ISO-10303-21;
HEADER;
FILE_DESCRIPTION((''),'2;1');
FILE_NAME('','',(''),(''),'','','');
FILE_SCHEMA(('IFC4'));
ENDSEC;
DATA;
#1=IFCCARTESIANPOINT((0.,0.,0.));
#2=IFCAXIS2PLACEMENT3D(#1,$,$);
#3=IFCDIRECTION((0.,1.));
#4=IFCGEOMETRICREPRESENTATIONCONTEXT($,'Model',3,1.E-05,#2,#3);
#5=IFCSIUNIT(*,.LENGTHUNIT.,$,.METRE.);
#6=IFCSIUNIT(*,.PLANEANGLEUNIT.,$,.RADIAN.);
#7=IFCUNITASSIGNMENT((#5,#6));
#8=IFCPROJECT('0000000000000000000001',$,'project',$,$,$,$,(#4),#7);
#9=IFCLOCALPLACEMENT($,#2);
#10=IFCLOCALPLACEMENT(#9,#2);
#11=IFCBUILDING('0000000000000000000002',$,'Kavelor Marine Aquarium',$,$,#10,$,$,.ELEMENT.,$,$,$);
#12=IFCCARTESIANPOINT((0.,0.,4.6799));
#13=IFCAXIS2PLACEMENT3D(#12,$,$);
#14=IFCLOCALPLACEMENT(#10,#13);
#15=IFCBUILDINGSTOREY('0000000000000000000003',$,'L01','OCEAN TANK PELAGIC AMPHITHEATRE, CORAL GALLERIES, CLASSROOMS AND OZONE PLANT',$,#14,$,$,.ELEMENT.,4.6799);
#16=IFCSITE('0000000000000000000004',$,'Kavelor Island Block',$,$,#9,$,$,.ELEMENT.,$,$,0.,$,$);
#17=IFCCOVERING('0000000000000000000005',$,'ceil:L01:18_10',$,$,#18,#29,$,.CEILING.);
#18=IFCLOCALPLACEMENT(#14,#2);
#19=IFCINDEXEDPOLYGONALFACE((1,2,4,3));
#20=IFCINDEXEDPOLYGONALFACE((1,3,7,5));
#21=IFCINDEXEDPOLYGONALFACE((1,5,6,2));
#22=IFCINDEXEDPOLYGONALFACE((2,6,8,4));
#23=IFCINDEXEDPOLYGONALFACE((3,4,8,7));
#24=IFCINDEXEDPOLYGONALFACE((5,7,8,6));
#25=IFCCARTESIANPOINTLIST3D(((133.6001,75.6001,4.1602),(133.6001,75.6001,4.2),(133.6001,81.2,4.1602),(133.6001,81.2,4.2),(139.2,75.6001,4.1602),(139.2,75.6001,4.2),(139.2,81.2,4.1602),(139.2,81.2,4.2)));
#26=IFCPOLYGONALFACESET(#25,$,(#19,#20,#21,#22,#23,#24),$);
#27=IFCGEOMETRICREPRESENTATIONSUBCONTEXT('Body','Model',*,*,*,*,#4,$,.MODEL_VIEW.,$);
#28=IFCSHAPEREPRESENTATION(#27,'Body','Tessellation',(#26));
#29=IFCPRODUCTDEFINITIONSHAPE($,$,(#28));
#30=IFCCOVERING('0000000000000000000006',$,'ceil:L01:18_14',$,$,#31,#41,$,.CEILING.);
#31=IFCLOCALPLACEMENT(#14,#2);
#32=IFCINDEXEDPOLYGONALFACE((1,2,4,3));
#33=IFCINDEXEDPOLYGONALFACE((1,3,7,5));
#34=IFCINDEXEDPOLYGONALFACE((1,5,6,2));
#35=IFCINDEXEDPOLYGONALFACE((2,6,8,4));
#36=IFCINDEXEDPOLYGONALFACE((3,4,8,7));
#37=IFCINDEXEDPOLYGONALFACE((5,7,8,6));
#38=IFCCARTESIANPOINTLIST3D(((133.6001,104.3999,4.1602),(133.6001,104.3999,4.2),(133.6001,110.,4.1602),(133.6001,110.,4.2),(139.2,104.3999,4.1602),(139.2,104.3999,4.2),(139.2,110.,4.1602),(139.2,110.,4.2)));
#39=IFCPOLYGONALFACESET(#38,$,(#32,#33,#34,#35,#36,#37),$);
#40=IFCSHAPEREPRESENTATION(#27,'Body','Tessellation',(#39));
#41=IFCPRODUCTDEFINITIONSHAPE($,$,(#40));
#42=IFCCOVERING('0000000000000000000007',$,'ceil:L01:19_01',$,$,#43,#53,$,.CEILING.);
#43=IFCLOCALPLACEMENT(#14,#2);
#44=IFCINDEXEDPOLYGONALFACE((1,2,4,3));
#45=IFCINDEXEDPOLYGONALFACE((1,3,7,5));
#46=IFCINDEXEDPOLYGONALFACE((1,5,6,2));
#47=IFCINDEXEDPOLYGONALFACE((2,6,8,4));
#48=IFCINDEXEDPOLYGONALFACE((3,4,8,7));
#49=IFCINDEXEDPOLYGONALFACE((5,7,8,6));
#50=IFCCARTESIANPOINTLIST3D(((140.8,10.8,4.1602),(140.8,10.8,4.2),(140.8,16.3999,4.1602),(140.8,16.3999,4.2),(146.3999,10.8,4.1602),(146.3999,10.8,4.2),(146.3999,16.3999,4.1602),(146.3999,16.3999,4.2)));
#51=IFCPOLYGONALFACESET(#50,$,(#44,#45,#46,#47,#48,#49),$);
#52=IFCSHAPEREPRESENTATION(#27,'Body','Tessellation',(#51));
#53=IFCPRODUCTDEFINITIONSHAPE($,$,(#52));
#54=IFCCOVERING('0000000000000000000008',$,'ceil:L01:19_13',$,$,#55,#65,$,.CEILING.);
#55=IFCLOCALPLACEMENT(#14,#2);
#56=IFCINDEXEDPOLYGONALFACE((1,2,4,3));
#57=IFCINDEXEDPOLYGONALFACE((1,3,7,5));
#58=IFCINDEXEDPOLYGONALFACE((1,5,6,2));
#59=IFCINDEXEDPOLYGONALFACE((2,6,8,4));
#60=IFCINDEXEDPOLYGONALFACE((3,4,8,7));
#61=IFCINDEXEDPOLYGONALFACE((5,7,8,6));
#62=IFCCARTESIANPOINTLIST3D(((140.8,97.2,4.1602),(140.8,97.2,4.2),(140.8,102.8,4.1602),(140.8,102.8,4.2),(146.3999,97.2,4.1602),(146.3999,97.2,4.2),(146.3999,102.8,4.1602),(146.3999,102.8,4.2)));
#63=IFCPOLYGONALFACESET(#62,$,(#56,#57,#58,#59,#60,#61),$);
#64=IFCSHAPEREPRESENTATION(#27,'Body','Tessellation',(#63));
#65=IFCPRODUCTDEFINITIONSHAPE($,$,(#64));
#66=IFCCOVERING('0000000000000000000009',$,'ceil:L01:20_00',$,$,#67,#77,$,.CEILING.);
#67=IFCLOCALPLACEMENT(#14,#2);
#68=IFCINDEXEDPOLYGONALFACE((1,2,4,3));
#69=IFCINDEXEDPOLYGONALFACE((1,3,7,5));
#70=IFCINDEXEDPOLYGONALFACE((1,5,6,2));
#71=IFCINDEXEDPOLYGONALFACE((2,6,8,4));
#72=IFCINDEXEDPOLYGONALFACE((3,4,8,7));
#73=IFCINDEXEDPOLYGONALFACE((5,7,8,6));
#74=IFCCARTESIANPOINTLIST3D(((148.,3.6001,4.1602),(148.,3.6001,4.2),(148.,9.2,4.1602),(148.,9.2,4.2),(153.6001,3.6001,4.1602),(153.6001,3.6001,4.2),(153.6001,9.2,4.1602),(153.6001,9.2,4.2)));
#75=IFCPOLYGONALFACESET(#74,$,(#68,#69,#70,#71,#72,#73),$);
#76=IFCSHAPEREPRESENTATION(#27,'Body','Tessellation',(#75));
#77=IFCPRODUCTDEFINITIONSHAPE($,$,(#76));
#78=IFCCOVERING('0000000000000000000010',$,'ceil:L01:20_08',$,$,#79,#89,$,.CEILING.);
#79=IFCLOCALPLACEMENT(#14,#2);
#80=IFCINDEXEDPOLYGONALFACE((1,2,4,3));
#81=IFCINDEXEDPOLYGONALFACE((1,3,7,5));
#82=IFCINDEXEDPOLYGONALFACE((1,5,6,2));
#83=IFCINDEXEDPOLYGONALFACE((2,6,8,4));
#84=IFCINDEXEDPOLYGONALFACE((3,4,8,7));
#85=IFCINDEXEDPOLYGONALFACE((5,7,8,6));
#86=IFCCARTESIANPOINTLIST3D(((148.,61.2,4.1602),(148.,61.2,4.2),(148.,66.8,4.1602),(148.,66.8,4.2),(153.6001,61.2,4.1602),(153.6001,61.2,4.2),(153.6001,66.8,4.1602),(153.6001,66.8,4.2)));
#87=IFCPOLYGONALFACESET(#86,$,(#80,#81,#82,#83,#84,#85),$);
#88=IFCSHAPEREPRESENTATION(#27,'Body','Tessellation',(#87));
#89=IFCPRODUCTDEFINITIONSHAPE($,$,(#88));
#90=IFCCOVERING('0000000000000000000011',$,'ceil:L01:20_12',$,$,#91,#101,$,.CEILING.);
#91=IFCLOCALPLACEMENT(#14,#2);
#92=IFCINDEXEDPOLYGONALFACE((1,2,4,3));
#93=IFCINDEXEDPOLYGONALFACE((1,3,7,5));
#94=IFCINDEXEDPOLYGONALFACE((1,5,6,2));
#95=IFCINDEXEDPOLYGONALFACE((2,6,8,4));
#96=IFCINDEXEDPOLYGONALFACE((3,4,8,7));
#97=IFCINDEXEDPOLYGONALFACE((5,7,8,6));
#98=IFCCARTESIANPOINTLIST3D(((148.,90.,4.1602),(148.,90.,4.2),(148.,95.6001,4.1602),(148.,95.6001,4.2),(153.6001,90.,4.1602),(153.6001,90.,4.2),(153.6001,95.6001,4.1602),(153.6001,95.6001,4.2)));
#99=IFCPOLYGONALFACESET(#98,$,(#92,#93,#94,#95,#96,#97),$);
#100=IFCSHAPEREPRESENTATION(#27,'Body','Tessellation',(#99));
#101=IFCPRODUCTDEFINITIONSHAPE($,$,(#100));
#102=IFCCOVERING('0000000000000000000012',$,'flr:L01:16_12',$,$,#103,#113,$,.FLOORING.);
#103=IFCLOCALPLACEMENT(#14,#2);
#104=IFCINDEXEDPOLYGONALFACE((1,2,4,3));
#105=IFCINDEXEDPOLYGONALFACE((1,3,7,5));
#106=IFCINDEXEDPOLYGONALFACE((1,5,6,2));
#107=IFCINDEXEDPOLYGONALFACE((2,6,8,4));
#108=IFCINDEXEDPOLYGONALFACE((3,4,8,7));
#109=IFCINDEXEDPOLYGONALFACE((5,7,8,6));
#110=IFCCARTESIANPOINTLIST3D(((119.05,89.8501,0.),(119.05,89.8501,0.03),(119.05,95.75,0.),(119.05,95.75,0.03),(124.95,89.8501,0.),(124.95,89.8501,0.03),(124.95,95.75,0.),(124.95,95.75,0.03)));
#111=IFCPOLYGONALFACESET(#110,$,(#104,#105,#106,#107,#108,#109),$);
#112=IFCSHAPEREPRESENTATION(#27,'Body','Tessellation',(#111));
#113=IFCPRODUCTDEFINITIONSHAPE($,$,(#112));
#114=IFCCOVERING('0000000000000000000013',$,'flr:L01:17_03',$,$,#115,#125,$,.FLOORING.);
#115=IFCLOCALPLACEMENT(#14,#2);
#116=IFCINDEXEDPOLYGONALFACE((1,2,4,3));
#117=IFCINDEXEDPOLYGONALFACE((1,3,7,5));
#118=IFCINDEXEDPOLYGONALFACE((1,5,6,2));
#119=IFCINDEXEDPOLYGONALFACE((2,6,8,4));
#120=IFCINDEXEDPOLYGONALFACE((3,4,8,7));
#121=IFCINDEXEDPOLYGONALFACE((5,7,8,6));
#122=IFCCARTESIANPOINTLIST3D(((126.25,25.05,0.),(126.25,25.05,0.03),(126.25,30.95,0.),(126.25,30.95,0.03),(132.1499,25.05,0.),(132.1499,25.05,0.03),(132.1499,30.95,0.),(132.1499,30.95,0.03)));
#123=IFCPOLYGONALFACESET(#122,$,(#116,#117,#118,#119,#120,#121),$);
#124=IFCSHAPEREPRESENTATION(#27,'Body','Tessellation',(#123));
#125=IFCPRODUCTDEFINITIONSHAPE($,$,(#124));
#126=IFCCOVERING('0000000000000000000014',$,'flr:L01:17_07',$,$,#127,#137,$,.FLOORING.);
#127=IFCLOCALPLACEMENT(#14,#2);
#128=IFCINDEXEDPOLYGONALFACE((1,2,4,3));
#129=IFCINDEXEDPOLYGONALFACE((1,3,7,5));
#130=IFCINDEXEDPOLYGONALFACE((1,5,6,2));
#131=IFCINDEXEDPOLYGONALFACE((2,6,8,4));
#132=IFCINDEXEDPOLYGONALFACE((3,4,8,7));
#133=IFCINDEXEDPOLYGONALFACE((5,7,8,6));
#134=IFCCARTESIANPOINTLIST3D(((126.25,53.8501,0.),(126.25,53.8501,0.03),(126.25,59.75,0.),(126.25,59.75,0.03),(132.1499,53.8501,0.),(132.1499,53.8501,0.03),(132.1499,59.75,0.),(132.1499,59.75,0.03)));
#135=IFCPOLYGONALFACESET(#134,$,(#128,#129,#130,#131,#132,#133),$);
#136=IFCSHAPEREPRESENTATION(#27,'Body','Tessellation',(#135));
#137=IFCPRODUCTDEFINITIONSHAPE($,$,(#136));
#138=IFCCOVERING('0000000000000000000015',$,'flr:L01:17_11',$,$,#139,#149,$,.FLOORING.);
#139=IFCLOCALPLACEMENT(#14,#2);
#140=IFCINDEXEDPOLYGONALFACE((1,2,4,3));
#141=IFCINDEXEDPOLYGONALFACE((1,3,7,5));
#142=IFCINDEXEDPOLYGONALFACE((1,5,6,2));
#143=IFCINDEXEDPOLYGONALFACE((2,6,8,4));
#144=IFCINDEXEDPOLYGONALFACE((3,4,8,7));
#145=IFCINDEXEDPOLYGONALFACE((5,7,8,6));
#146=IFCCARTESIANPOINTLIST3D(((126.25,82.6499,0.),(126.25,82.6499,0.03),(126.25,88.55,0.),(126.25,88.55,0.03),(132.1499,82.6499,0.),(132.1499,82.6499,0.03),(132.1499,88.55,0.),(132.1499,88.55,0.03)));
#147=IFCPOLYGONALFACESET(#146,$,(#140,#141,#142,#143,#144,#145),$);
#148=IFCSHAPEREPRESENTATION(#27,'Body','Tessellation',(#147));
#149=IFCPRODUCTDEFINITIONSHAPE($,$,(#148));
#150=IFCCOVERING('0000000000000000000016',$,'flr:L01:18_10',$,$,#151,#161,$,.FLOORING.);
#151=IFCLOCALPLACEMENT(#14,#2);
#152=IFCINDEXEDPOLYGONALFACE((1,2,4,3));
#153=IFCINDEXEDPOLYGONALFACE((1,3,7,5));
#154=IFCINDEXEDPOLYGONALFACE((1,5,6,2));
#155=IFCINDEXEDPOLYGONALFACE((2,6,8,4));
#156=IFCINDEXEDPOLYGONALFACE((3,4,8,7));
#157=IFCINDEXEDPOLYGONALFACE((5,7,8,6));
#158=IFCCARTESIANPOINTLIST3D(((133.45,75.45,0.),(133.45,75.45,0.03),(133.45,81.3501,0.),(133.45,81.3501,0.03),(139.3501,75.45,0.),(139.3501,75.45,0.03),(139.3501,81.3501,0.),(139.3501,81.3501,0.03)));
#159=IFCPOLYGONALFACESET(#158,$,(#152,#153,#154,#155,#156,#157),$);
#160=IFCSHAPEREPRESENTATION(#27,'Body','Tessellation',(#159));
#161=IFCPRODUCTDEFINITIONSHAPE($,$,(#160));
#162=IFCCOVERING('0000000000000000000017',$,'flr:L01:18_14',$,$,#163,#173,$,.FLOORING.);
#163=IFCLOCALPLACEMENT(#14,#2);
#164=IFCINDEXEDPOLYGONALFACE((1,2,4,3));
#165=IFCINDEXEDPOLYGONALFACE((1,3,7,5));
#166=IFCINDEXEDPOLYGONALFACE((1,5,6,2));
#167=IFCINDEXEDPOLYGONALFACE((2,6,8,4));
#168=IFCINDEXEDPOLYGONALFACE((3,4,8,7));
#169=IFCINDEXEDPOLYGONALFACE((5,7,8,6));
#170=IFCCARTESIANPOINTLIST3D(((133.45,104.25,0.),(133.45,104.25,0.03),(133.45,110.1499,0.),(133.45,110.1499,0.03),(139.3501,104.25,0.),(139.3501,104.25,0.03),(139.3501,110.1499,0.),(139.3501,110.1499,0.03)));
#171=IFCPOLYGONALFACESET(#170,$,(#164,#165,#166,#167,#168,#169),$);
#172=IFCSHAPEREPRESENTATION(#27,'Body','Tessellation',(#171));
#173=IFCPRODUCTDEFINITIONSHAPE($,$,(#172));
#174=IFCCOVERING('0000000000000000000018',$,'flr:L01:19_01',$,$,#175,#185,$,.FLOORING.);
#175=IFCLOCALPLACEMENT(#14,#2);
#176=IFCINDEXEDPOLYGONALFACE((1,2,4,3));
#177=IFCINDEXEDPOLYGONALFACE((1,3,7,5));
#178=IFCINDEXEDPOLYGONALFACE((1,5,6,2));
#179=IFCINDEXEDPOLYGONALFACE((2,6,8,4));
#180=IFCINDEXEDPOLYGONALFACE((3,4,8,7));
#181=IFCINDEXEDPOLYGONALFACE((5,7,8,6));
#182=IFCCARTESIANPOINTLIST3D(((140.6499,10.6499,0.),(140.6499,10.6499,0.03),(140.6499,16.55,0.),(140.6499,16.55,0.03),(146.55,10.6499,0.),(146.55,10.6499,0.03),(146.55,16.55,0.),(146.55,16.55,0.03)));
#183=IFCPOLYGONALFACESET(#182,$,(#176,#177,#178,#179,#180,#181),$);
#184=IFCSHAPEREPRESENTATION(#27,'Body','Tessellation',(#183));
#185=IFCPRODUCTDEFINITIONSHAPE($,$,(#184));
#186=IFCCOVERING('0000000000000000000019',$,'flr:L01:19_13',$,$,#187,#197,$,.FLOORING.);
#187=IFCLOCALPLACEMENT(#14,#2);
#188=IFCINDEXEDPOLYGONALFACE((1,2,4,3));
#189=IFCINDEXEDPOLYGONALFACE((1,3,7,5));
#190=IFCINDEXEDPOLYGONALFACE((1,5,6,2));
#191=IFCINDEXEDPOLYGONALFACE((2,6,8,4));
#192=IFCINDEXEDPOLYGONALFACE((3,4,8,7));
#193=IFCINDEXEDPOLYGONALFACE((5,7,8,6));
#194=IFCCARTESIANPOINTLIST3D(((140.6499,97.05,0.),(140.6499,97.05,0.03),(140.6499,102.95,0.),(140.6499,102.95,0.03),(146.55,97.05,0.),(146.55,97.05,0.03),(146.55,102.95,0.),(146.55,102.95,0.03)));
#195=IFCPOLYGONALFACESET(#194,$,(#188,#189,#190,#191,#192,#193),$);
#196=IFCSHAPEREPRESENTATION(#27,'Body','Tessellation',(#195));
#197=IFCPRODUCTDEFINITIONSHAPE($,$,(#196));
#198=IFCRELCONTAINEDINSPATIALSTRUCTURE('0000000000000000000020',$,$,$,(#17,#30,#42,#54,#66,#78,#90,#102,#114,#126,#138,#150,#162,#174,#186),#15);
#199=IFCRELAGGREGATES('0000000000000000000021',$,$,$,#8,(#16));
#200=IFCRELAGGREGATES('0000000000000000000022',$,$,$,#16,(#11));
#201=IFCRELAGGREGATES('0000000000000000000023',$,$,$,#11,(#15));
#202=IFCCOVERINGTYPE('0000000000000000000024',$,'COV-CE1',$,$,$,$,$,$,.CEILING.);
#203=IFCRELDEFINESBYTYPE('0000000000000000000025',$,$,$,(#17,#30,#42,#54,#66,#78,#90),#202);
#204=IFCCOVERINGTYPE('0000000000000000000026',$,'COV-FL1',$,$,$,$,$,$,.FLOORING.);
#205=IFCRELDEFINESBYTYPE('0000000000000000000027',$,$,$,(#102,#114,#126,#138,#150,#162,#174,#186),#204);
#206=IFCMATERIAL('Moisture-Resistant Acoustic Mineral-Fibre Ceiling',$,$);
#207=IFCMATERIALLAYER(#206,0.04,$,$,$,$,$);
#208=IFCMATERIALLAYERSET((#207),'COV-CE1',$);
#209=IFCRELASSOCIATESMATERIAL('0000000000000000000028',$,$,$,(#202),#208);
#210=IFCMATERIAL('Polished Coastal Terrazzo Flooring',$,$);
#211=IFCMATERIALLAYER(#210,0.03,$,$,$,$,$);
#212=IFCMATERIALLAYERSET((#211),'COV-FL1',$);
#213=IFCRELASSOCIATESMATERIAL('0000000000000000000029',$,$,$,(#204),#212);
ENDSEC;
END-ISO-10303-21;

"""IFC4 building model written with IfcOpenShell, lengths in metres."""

from ifc_helpers import new_model, si_unit, direction, frame, origin, place, context, subcontext, project, spatial, polyline, outline, extrude, material, layer, layer_set, type_object, element, save


model = new_model("IFC4")

# Units and contexts
model_context = context("Model", 3, precision=1e-05, world=origin(), true_north=direction((0.0, 1.0)))
body_context = subcontext(model_context, "Body", "Model", "MODEL_VIEW")
ifc_project = project(units=[si_unit("LENGTHUNIT", "METRE"), si_unit("PLANEANGLEUNIT", "RADIAN")], contexts=[model_context])

# Site, building, storey
site_placement = place(None, origin())
site = spatial("IfcSite", under=ifc_project, at=site_placement, Name="Kavelor Island Block", CompositionType="ELEMENT", RefElevation=0.0)
building_placement = place(site_placement, origin())
building = spatial("IfcBuilding", under=site, at=building_placement, Name="Kavelor Marine Aquarium", CompositionType="ELEMENT")
storey_placement = place(building_placement, frame((0.0, 0.0, 4.6799)))
storey = spatial("IfcBuildingStorey", under=building, at=storey_placement, Name="L01", Description="OCEAN TANK PELAGIC AMPHITHEATRE, CORAL GALLERIES, CLASSROOMS AND OZONE PLANT", CompositionType="ELEMENT", Elevation=4.6799)

# Coverings
ifc_material_1 = material(Name="Moisture-Resistant Acoustic Mineral-Fibre Ceiling")
ifc_layer_1 = layer(ifc_material_1, 0.04)
ifc_layer_set_1 = layer_set([ifc_layer_1], Name="COV-CE1")
covering_type_1 = type_object("IfcCoveringType", Name="COV-CE1", PredefinedType="CEILING", material=ifc_layer_set_1)
covering_1_placement = place(storey_placement, frame((0.0, 0.0, 4.1602)))
element("IfcCovering", 1, at=covering_1_placement, inside=storey, type_object=covering_type_1, Name="ceil:L01:18_10", PredefinedType="CEILING", context=body_context, shape_type="SweptSolid", body=[
    extrude(outline(polyline([(133.6001, 75.6001), (139.2, 75.6001), (139.2, 81.2), (133.6001, 81.2), (133.6001, 75.6001)])), origin(), (0.0, 0.0, 1.0), 0.0398),
])
covering_2_placement = place(storey_placement, frame((0.0, 0.0, 4.1602)))
element("IfcCovering", 2, at=covering_2_placement, inside=storey, type_object=covering_type_1, Name="ceil:L01:18_14", PredefinedType="CEILING", context=body_context, shape_type="SweptSolid", body=[
    extrude(outline(polyline([(133.6001, 104.3999), (139.2, 104.3999), (139.2, 110.0), (133.6001, 110.0), (133.6001, 104.3999)])), origin(), (0.0, 0.0, 1.0), 0.0398),
])
covering_3_placement = place(storey_placement, frame((0.0, 0.0, 4.1602)))
element("IfcCovering", 3, at=covering_3_placement, inside=storey, type_object=covering_type_1, Name="ceil:L01:19_01", PredefinedType="CEILING", context=body_context, shape_type="SweptSolid", body=[
    extrude(outline(polyline([(140.8, 10.8), (146.3999, 10.8), (146.3999, 16.3999), (140.8, 16.3999), (140.8, 10.8)])), origin(), (0.0, 0.0, 1.0), 0.0398),
])
covering_4_placement = place(storey_placement, frame((0.0, 0.0, 4.1602)))
element("IfcCovering", 4, at=covering_4_placement, inside=storey, type_object=covering_type_1, Name="ceil:L01:19_13", PredefinedType="CEILING", context=body_context, shape_type="SweptSolid", body=[
    extrude(outline(polyline([(140.8, 97.2), (146.3999, 97.2), (146.3999, 102.8), (140.8, 102.8), (140.8, 97.2)])), origin(), (0.0, 0.0, 1.0), 0.0398),
])
covering_5_placement = place(storey_placement, frame((0.0, 0.0, 4.1602)))
element("IfcCovering", 5, at=covering_5_placement, inside=storey, type_object=covering_type_1, Name="ceil:L01:20_00", PredefinedType="CEILING", context=body_context, shape_type="SweptSolid", body=[
    extrude(outline(polyline([(148.0, 3.6001), (153.6001, 3.6001), (153.6001, 9.2), (148.0, 9.2), (148.0, 3.6001)])), origin(), (0.0, 0.0, 1.0), 0.0398),
])
covering_6_placement = place(storey_placement, frame((0.0, 0.0, 4.1602)))
element("IfcCovering", 6, at=covering_6_placement, inside=storey, type_object=covering_type_1, Name="ceil:L01:20_08", PredefinedType="CEILING", context=body_context, shape_type="SweptSolid", body=[
    extrude(outline(polyline([(148.0, 61.2), (153.6001, 61.2), (153.6001, 66.8), (148.0, 66.8), (148.0, 61.2)])), origin(), (0.0, 0.0, 1.0), 0.0398),
])
covering_7_placement = place(storey_placement, frame((0.0, 0.0, 4.1602)))
element("IfcCovering", 7, at=covering_7_placement, inside=storey, type_object=covering_type_1, Name="ceil:L01:20_12", PredefinedType="CEILING", context=body_context, shape_type="SweptSolid", body=[
    extrude(outline(polyline([(148.0, 90.0), (153.6001, 90.0), (153.6001, 95.6001), (148.0, 95.6001), (148.0, 90.0)])), origin(), (0.0, 0.0, 1.0), 0.0398),
])
ifc_material_2 = material(Name="Polished Coastal Terrazzo Flooring")
ifc_layer_2 = layer(ifc_material_2, 0.03)
ifc_layer_set_2 = layer_set([ifc_layer_2], Name="COV-FL1")
covering_type_2 = type_object("IfcCoveringType", Name="COV-FL1", PredefinedType="FLOORING", material=ifc_layer_set_2)
covering_8_placement = place(storey_placement, origin())
element("IfcCovering", 8, at=covering_8_placement, inside=storey, type_object=covering_type_2, Name="flr:L01:16_12", PredefinedType="FLOORING", context=body_context, shape_type="SweptSolid", body=[
    extrude(outline(polyline([(119.05, 89.8501), (124.95, 89.8501), (124.95, 95.75), (119.05, 95.75), (119.05, 89.8501)])), origin(), (0.0, 0.0, 1.0), 0.03),
])
covering_9_placement = place(storey_placement, origin())
element("IfcCovering", 9, at=covering_9_placement, inside=storey, type_object=covering_type_2, Name="flr:L01:17_03", PredefinedType="FLOORING", context=body_context, shape_type="SweptSolid", body=[
    extrude(outline(polyline([(126.25, 25.05), (132.1499, 25.05), (132.1499, 30.95), (126.25, 30.95), (126.25, 25.05)])), origin(), (0.0, 0.0, 1.0), 0.03),
])
covering_10_placement = place(storey_placement, origin())
element("IfcCovering", 10, at=covering_10_placement, inside=storey, type_object=covering_type_2, Name="flr:L01:17_07", PredefinedType="FLOORING", context=body_context, shape_type="SweptSolid", body=[
    extrude(outline(polyline([(126.25, 53.8501), (132.1499, 53.8501), (132.1499, 59.75), (126.25, 59.75), (126.25, 53.8501)])), origin(), (0.0, 0.0, 1.0), 0.03),
])
covering_11_placement = place(storey_placement, origin())
element("IfcCovering", 11, at=covering_11_placement, inside=storey, type_object=covering_type_2, Name="flr:L01:17_11", PredefinedType="FLOORING", context=body_context, shape_type="SweptSolid", body=[
    extrude(outline(polyline([(126.25, 82.6499), (132.1499, 82.6499), (132.1499, 88.55), (126.25, 88.55), (126.25, 82.6499)])), origin(), (0.0, 0.0, 1.0), 0.03),
])
covering_12_placement = place(storey_placement, origin())
element("IfcCovering", 12, at=covering_12_placement, inside=storey, type_object=covering_type_2, Name="flr:L01:18_10", PredefinedType="FLOORING", context=body_context, shape_type="SweptSolid", body=[
    extrude(outline(polyline([(133.45, 75.45), (139.3501, 75.45), (139.3501, 81.3501), (133.45, 81.3501), (133.45, 75.45)])), origin(), (0.0, 0.0, 1.0), 0.03),
])
covering_13_placement = place(storey_placement, origin())
element("IfcCovering", 13, at=covering_13_placement, inside=storey, type_object=covering_type_2, Name="flr:L01:18_14", PredefinedType="FLOORING", context=body_context, shape_type="SweptSolid", body=[
    extrude(outline(polyline([(133.45, 104.25), (139.3501, 104.25), (139.3501, 110.1499), (133.45, 110.1499), (133.45, 104.25)])), origin(), (0.0, 0.0, 1.0), 0.03),
])
covering_14_placement = place(storey_placement, origin())
element("IfcCovering", 14, at=covering_14_placement, inside=storey, type_object=covering_type_2, Name="flr:L01:19_01", PredefinedType="FLOORING", context=body_context, shape_type="SweptSolid", body=[
    extrude(outline(polyline([(140.6499, 10.6499), (146.55, 10.6499), (146.55, 16.55), (140.6499, 16.55), (140.6499, 10.6499)])), origin(), (0.0, 0.0, 1.0), 0.03),
])
covering_15_placement = place(storey_placement, origin())
element("IfcCovering", 15, at=covering_15_placement, inside=storey, type_object=covering_type_2, Name="flr:L01:19_13", PredefinedType="FLOORING", context=body_context, shape_type="SweptSolid", body=[
    extrude(outline(polyline([(140.6499, 97.05), (146.55, 97.05), (146.55, 102.95), (140.6499, 102.95), (140.6499, 97.05)])), origin(), (0.0, 0.0, 1.0), 0.03),
])

save(model, "model.ifc")
